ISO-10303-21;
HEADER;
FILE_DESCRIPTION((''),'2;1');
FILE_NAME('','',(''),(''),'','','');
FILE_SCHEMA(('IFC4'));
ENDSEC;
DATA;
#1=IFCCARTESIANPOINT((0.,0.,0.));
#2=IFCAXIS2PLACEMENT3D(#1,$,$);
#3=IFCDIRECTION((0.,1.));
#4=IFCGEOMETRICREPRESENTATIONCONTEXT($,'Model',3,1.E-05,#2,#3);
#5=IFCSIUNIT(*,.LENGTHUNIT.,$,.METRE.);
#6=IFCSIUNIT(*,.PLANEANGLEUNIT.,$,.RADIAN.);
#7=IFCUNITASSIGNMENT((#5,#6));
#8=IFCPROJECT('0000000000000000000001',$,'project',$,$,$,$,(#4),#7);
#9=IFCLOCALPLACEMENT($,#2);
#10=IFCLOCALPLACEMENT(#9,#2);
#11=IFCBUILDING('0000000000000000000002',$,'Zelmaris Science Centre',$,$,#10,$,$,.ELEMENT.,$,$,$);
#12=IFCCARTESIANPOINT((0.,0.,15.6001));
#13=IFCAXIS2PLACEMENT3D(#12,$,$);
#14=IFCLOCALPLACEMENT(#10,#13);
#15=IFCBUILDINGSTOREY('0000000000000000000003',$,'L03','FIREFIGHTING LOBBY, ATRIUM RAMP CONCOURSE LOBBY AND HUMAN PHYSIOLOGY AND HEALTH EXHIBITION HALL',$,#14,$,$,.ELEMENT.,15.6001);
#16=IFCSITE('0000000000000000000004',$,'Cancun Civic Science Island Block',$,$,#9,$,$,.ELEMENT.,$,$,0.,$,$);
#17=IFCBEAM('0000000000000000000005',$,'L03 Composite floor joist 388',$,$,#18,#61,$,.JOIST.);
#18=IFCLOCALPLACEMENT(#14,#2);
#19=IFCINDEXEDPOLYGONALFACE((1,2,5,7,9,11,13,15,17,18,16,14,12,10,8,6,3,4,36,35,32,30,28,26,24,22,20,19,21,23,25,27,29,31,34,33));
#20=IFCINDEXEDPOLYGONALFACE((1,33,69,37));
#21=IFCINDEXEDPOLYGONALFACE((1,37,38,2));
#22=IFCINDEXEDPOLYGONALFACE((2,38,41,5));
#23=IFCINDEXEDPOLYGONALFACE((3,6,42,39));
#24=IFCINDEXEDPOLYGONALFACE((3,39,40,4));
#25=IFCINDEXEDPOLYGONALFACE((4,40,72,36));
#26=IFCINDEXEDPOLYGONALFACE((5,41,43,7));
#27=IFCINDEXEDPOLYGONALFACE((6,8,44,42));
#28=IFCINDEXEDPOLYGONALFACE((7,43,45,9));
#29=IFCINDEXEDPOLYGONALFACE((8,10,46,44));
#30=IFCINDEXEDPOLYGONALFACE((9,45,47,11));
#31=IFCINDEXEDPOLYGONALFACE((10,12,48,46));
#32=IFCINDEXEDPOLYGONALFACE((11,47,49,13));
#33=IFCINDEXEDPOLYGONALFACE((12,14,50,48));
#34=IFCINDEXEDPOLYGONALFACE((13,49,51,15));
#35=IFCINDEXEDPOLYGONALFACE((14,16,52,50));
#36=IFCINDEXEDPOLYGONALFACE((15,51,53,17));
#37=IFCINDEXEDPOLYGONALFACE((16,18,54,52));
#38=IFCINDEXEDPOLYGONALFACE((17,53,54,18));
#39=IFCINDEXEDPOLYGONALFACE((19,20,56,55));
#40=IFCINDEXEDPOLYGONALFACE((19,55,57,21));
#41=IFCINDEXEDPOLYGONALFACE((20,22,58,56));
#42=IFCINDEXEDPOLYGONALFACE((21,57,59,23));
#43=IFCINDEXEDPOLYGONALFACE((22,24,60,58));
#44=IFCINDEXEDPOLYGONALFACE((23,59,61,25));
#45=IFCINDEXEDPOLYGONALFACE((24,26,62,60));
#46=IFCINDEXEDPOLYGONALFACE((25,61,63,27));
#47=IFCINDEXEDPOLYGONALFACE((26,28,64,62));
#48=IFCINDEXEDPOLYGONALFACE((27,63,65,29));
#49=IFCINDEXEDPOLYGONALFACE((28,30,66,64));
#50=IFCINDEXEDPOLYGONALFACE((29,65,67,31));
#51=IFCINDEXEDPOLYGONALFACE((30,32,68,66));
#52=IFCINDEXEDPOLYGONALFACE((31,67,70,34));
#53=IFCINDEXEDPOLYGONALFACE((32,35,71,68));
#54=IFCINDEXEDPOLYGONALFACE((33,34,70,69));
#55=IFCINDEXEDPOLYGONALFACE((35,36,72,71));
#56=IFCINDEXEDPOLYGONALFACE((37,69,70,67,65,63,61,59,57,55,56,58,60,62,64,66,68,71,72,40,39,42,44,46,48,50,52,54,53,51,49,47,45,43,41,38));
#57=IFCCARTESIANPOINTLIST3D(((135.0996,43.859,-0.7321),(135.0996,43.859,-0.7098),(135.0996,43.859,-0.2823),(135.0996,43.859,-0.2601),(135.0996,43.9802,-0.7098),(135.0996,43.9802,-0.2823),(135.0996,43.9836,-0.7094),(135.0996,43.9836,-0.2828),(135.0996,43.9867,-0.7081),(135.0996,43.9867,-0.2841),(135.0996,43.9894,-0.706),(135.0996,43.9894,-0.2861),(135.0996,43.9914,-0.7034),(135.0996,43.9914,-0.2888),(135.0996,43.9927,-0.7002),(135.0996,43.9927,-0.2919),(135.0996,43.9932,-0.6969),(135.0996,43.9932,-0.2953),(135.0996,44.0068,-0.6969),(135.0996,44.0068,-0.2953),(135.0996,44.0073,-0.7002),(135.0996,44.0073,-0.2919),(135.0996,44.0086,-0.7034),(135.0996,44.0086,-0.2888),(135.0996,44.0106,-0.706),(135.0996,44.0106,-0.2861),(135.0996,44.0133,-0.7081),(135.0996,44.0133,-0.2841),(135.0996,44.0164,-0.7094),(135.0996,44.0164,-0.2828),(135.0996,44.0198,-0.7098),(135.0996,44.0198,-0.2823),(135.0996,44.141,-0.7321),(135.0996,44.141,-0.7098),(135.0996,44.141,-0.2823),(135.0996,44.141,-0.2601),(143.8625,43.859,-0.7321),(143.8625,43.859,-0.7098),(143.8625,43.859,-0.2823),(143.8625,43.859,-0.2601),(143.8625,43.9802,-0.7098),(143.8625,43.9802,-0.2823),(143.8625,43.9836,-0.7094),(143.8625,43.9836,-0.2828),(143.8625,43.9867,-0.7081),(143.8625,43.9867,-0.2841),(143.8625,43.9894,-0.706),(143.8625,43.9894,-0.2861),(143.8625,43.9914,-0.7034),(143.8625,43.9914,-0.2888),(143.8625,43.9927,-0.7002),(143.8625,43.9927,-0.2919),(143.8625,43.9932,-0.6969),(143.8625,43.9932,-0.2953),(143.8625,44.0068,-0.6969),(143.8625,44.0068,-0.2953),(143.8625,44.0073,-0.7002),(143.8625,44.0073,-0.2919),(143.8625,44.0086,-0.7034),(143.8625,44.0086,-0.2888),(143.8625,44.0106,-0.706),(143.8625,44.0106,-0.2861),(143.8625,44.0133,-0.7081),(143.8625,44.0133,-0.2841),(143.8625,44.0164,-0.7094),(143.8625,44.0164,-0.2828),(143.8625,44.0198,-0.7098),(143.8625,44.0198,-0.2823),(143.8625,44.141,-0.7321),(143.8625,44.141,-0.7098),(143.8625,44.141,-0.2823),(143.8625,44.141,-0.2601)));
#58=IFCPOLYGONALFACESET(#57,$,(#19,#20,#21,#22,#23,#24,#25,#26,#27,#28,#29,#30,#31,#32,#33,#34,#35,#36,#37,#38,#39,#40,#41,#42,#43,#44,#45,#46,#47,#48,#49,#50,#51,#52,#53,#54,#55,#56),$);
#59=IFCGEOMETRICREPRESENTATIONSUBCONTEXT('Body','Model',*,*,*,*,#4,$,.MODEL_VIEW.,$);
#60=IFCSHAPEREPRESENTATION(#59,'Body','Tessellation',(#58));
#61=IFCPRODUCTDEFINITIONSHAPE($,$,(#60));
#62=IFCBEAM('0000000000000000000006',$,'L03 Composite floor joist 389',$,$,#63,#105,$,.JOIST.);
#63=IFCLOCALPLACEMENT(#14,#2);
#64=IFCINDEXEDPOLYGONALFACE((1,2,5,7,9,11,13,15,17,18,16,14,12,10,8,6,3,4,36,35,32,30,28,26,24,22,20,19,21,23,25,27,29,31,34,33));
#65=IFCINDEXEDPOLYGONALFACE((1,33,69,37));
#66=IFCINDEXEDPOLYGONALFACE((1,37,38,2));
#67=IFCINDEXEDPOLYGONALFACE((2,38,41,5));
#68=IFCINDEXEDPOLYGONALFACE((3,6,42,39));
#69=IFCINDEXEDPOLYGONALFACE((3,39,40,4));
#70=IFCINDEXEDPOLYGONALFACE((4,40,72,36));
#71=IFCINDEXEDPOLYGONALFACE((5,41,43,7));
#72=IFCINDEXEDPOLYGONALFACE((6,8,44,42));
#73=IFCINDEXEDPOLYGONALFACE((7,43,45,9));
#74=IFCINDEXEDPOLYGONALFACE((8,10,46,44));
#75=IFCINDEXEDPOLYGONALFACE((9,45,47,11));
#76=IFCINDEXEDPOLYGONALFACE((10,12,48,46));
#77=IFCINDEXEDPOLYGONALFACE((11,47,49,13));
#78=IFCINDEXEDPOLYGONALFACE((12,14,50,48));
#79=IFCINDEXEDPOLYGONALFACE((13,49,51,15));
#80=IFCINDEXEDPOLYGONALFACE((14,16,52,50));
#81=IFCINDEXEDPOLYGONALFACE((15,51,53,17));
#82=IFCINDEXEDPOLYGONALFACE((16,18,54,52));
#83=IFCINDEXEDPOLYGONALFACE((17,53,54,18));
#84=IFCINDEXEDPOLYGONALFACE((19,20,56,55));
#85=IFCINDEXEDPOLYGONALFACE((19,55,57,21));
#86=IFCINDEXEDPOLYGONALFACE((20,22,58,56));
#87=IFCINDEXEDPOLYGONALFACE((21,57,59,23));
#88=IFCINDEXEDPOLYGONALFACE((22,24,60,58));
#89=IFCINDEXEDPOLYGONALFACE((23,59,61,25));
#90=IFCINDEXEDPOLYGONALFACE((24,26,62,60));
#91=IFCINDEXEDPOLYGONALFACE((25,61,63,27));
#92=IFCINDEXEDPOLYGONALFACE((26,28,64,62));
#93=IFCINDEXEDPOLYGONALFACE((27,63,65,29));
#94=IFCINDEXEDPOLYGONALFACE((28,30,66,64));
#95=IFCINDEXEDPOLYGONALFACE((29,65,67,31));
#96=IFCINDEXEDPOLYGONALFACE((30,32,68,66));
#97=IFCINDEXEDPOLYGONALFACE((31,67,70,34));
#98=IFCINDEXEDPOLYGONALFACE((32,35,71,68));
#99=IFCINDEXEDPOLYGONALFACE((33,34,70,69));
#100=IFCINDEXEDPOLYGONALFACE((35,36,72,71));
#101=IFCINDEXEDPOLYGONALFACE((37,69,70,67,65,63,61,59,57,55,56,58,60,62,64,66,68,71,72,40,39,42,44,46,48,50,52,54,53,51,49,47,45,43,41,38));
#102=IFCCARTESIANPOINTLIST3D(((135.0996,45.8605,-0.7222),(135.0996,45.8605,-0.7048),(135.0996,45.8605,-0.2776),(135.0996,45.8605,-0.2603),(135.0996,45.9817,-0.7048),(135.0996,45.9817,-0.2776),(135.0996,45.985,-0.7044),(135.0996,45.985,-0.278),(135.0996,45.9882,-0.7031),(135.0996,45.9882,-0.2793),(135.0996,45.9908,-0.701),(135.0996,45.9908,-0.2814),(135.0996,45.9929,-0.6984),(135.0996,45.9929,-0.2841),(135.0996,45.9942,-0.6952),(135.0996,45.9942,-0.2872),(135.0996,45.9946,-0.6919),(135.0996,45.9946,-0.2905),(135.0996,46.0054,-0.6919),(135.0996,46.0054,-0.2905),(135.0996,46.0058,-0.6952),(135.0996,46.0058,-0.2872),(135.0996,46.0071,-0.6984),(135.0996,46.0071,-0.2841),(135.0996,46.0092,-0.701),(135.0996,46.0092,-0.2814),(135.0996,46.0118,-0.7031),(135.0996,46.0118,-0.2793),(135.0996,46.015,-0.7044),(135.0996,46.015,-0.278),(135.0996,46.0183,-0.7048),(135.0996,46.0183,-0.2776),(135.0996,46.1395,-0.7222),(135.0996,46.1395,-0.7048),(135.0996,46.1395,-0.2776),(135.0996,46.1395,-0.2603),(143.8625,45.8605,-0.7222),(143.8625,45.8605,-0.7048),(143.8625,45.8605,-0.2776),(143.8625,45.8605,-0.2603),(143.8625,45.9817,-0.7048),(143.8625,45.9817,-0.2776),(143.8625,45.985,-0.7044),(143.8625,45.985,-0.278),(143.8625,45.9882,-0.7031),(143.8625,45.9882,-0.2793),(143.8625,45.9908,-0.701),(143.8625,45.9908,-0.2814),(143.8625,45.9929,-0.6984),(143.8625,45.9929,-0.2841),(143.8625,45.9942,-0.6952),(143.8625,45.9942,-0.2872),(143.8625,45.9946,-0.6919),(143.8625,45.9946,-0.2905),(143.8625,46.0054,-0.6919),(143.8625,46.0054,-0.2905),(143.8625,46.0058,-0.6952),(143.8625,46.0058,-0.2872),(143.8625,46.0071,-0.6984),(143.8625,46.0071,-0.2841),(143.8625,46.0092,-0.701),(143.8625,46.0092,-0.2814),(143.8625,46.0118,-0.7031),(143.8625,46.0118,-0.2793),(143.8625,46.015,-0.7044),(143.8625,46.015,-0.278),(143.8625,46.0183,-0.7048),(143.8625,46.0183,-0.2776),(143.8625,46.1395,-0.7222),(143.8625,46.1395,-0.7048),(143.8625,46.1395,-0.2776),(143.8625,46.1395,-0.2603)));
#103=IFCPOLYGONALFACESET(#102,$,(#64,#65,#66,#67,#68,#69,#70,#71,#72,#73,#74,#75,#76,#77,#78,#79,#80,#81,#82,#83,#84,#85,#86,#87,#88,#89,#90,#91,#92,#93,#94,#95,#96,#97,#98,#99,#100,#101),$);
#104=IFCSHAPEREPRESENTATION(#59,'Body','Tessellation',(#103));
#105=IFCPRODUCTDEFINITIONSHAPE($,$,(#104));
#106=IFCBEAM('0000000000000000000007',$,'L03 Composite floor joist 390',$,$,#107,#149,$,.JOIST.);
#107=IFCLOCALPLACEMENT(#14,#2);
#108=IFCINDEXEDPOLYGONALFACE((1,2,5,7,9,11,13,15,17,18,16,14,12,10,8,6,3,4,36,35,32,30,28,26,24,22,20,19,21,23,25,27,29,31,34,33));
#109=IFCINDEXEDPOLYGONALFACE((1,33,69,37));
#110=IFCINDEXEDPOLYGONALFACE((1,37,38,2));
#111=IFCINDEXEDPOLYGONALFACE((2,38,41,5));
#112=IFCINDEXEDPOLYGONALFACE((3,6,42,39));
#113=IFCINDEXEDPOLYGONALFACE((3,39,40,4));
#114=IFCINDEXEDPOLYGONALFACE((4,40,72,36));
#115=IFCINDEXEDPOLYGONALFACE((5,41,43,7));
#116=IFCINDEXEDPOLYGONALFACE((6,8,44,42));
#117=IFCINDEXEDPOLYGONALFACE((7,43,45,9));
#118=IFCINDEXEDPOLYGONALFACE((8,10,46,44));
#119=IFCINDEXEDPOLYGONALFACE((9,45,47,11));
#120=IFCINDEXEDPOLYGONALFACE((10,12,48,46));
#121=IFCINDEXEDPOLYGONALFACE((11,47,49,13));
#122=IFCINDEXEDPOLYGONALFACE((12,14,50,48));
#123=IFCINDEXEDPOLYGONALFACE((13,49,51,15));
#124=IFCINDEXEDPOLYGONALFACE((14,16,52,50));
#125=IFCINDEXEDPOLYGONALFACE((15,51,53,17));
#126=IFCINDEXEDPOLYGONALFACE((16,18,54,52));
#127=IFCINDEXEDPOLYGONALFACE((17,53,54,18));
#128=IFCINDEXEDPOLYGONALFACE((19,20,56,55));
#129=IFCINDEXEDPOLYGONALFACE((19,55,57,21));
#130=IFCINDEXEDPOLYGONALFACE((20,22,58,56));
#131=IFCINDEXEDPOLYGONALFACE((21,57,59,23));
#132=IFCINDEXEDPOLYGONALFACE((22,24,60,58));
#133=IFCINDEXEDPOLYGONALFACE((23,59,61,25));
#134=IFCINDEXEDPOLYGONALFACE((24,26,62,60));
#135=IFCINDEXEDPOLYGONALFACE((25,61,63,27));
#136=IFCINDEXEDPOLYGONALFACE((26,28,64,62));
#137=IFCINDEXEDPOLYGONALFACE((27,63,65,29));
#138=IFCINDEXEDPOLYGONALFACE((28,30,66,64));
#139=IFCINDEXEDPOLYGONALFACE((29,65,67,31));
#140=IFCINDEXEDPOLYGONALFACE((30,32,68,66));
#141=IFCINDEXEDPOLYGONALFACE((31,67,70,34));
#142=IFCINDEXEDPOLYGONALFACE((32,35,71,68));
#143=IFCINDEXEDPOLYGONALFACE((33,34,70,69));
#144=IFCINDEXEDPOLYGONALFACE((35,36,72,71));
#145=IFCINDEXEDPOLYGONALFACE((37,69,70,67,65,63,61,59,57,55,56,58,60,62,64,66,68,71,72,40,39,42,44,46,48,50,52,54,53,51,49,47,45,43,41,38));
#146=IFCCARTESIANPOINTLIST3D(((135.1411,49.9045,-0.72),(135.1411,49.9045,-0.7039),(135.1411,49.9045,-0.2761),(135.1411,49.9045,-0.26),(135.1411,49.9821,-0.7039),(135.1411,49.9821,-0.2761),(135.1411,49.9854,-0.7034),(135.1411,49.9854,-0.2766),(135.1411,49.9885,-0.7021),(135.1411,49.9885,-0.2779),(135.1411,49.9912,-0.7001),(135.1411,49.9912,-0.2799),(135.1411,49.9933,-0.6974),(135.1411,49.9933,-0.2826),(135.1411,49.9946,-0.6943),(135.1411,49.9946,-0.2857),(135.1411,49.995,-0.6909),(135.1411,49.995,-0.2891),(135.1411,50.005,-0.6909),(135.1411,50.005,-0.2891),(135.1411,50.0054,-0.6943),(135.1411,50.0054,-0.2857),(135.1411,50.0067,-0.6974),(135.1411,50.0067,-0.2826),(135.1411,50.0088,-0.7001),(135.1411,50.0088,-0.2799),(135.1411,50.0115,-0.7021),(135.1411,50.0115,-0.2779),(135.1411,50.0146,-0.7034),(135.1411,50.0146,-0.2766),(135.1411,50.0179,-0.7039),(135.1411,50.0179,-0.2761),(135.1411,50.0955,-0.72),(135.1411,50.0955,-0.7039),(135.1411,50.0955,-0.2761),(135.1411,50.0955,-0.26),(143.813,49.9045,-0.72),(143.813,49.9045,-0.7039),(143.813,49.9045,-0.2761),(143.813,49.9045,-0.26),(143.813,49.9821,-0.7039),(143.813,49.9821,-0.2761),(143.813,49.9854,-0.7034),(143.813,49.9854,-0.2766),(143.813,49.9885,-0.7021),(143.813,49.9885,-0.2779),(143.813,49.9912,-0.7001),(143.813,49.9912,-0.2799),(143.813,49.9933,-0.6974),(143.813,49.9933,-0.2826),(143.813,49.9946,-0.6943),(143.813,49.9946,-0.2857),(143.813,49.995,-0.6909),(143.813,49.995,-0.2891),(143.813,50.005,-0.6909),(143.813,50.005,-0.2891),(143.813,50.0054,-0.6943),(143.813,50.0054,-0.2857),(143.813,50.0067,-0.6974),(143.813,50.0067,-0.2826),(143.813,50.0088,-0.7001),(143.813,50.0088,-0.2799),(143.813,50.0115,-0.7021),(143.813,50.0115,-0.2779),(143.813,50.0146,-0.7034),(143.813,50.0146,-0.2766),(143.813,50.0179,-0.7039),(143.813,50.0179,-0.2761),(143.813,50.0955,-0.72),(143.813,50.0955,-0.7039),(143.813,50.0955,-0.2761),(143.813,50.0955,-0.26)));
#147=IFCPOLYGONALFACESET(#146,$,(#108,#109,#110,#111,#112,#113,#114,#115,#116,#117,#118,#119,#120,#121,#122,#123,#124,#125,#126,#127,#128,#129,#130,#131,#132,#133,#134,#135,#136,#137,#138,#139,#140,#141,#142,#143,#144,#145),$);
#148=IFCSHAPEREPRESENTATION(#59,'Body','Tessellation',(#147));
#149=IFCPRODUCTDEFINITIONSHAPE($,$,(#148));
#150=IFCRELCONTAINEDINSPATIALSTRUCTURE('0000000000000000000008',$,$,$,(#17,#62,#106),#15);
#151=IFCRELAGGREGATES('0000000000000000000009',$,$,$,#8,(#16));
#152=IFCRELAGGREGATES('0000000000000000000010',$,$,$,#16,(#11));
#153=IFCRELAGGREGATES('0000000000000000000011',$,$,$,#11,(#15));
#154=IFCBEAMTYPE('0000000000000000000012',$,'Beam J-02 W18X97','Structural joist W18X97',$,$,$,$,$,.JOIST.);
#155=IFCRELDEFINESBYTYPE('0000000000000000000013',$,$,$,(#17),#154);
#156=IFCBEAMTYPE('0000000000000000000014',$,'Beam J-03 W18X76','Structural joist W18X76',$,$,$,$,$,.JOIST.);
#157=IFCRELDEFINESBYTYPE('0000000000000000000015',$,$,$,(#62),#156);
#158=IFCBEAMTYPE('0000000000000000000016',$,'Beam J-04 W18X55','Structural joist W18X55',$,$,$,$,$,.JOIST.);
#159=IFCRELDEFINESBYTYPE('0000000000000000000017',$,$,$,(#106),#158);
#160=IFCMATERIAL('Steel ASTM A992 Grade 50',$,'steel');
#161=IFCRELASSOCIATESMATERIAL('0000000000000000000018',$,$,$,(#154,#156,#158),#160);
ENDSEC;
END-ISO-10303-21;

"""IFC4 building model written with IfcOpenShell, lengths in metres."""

from ifc_helpers import new_model, si_unit, direction, frame, origin, origin_2d, place, context, subcontext, project, spatial, i_section, extrude, material, material_profile, profile_set, type_object, element, save


model = new_model("IFC4")

# Units and contexts
model_context = context("Model", 3, precision=1e-05, world=origin(), true_north=direction((0.0, 1.0)))
body_context = subcontext(model_context, "Body", "Model", "MODEL_VIEW")
ifc_project = project(units=[si_unit("LENGTHUNIT", "METRE"), si_unit("PLANEANGLEUNIT", "RADIAN")], contexts=[model_context])

# Site, building, storey
site_placement = place(None, origin())
site = spatial("IfcSite", under=ifc_project, at=site_placement, Name="Cancun Civic Science Island Block", CompositionType="ELEMENT", RefElevation=0.0)
building_placement = place(site_placement, origin())
building = spatial("IfcBuilding", under=site, at=building_placement, Name="Zelmaris Science Centre", CompositionType="ELEMENT")
storey_placement = place(building_placement, frame((0.0, 0.0, 15.6001)))
storey = spatial("IfcBuildingStorey", under=building, at=storey_placement, Name="L03", Description="FIREFIGHTING LOBBY, ATRIUM RAMP CONCOURSE LOBBY AND HUMAN PHYSIOLOGY AND HEALTH EXHIBITION HALL", CompositionType="ELEMENT", Elevation=15.6001)

# Shared definitions
ifc_material_1 = material(Name="Steel ASTM A992 Grade 50", Category="steel")

# Beams
ifc_material_profile_1 = material_profile(ifc_material_1, i_section(OverallWidth=0.282, OverallDepth=0.4719, WebThickness=0.0137, FlangeThickness=0.0222, FilletRadius=0.0129, at=origin_2d()), Name="W18X97")
ifc_profile_set_1 = profile_set([ifc_material_profile_1], Name="Steel ASTM A992 Grade 50")
beam_type_1 = type_object("IfcBeamType", Name="Beam J-02 W18X97", Description="Structural joist W18X97", PredefinedType="JOIST", material=ifc_profile_set_1)
beam_1_placement = place(storey_placement, frame((135.0996, 44.0, -0.4961), z_axis=(1.0, 0.0, 0.0), x_axis=(0.0, 1.0, 0.0)))
element("IfcBeam", 1, at=beam_1_placement, inside=storey, type_object=beam_type_1, Name="L03 Composite floor joist 388", PredefinedType="JOIST", context=body_context, shape_type="SweptSolid", body=[
    extrude(i_section(OverallWidth=0.282, OverallDepth=0.4719, WebThickness=0.0137, FlangeThickness=0.0222, FilletRadius=0.0129, at=origin_2d()), origin(), (0.0, 0.0, 1.0), 8.7629),
])
ifc_material_profile_2 = material_profile(ifc_material_1, i_section(OverallWidth=0.2791, OverallDepth=0.4619, WebThickness=0.0107, FlangeThickness=0.0173, FilletRadius=0.0129, at=origin_2d()), Name="W18X76")
ifc_profile_set_2 = profile_set([ifc_material_profile_2], Name="Steel ASTM A992 Grade 50")
beam_type_2 = type_object("IfcBeamType", Name="Beam J-03 W18X76", Description="Structural joist W18X76", PredefinedType="JOIST", material=ifc_profile_set_2)
beam_2_placement = place(storey_placement, frame((135.0996, 46.0, -0.4912), z_axis=(1.0, 0.0, 0.0), x_axis=(0.0, 1.0, 0.0)))
element("IfcBeam", 2, at=beam_2_placement, inside=storey, type_object=beam_type_2, Name="L03 Composite floor joist 389", PredefinedType="JOIST", context=body_context, shape_type="SweptSolid", body=[
    extrude(i_section(OverallWidth=0.2791, OverallDepth=0.4619, WebThickness=0.0107, FlangeThickness=0.0173, FilletRadius=0.0129, at=origin_2d()), origin(), (0.0, 0.0, 1.0), 8.7629),
])
ifc_material_profile_3 = material_profile(ifc_material_1, i_section(OverallWidth=0.1909, OverallDepth=0.46, WebThickness=0.01, FlangeThickness=0.0161, FilletRadius=0.0129, at=origin_2d()), Name="W18X55")
ifc_profile_set_3 = profile_set([ifc_material_profile_3], Name="Steel ASTM A992 Grade 50")
beam_type_3 = type_object("IfcBeamType", Name="Beam J-04 W18X55", Description="Structural joist W18X55", PredefinedType="JOIST", material=ifc_profile_set_3)
beam_3_placement = place(storey_placement, frame((135.1411, 50.0, -0.49), z_axis=(1.0, 0.0, 0.0), x_axis=(0.0, 1.0, 0.0)))
element("IfcBeam", 3, at=beam_3_placement, inside=storey, type_object=beam_type_3, Name="L03 Composite floor joist 390", PredefinedType="JOIST", context=body_context, shape_type="SweptSolid", body=[
    extrude(i_section(OverallWidth=0.1909, OverallDepth=0.46, WebThickness=0.01, FlangeThickness=0.0161, FilletRadius=0.0129, at=origin_2d()), origin(), (0.0, 0.0, 1.0), 8.6719),
])

save(model, "model.ifc")
